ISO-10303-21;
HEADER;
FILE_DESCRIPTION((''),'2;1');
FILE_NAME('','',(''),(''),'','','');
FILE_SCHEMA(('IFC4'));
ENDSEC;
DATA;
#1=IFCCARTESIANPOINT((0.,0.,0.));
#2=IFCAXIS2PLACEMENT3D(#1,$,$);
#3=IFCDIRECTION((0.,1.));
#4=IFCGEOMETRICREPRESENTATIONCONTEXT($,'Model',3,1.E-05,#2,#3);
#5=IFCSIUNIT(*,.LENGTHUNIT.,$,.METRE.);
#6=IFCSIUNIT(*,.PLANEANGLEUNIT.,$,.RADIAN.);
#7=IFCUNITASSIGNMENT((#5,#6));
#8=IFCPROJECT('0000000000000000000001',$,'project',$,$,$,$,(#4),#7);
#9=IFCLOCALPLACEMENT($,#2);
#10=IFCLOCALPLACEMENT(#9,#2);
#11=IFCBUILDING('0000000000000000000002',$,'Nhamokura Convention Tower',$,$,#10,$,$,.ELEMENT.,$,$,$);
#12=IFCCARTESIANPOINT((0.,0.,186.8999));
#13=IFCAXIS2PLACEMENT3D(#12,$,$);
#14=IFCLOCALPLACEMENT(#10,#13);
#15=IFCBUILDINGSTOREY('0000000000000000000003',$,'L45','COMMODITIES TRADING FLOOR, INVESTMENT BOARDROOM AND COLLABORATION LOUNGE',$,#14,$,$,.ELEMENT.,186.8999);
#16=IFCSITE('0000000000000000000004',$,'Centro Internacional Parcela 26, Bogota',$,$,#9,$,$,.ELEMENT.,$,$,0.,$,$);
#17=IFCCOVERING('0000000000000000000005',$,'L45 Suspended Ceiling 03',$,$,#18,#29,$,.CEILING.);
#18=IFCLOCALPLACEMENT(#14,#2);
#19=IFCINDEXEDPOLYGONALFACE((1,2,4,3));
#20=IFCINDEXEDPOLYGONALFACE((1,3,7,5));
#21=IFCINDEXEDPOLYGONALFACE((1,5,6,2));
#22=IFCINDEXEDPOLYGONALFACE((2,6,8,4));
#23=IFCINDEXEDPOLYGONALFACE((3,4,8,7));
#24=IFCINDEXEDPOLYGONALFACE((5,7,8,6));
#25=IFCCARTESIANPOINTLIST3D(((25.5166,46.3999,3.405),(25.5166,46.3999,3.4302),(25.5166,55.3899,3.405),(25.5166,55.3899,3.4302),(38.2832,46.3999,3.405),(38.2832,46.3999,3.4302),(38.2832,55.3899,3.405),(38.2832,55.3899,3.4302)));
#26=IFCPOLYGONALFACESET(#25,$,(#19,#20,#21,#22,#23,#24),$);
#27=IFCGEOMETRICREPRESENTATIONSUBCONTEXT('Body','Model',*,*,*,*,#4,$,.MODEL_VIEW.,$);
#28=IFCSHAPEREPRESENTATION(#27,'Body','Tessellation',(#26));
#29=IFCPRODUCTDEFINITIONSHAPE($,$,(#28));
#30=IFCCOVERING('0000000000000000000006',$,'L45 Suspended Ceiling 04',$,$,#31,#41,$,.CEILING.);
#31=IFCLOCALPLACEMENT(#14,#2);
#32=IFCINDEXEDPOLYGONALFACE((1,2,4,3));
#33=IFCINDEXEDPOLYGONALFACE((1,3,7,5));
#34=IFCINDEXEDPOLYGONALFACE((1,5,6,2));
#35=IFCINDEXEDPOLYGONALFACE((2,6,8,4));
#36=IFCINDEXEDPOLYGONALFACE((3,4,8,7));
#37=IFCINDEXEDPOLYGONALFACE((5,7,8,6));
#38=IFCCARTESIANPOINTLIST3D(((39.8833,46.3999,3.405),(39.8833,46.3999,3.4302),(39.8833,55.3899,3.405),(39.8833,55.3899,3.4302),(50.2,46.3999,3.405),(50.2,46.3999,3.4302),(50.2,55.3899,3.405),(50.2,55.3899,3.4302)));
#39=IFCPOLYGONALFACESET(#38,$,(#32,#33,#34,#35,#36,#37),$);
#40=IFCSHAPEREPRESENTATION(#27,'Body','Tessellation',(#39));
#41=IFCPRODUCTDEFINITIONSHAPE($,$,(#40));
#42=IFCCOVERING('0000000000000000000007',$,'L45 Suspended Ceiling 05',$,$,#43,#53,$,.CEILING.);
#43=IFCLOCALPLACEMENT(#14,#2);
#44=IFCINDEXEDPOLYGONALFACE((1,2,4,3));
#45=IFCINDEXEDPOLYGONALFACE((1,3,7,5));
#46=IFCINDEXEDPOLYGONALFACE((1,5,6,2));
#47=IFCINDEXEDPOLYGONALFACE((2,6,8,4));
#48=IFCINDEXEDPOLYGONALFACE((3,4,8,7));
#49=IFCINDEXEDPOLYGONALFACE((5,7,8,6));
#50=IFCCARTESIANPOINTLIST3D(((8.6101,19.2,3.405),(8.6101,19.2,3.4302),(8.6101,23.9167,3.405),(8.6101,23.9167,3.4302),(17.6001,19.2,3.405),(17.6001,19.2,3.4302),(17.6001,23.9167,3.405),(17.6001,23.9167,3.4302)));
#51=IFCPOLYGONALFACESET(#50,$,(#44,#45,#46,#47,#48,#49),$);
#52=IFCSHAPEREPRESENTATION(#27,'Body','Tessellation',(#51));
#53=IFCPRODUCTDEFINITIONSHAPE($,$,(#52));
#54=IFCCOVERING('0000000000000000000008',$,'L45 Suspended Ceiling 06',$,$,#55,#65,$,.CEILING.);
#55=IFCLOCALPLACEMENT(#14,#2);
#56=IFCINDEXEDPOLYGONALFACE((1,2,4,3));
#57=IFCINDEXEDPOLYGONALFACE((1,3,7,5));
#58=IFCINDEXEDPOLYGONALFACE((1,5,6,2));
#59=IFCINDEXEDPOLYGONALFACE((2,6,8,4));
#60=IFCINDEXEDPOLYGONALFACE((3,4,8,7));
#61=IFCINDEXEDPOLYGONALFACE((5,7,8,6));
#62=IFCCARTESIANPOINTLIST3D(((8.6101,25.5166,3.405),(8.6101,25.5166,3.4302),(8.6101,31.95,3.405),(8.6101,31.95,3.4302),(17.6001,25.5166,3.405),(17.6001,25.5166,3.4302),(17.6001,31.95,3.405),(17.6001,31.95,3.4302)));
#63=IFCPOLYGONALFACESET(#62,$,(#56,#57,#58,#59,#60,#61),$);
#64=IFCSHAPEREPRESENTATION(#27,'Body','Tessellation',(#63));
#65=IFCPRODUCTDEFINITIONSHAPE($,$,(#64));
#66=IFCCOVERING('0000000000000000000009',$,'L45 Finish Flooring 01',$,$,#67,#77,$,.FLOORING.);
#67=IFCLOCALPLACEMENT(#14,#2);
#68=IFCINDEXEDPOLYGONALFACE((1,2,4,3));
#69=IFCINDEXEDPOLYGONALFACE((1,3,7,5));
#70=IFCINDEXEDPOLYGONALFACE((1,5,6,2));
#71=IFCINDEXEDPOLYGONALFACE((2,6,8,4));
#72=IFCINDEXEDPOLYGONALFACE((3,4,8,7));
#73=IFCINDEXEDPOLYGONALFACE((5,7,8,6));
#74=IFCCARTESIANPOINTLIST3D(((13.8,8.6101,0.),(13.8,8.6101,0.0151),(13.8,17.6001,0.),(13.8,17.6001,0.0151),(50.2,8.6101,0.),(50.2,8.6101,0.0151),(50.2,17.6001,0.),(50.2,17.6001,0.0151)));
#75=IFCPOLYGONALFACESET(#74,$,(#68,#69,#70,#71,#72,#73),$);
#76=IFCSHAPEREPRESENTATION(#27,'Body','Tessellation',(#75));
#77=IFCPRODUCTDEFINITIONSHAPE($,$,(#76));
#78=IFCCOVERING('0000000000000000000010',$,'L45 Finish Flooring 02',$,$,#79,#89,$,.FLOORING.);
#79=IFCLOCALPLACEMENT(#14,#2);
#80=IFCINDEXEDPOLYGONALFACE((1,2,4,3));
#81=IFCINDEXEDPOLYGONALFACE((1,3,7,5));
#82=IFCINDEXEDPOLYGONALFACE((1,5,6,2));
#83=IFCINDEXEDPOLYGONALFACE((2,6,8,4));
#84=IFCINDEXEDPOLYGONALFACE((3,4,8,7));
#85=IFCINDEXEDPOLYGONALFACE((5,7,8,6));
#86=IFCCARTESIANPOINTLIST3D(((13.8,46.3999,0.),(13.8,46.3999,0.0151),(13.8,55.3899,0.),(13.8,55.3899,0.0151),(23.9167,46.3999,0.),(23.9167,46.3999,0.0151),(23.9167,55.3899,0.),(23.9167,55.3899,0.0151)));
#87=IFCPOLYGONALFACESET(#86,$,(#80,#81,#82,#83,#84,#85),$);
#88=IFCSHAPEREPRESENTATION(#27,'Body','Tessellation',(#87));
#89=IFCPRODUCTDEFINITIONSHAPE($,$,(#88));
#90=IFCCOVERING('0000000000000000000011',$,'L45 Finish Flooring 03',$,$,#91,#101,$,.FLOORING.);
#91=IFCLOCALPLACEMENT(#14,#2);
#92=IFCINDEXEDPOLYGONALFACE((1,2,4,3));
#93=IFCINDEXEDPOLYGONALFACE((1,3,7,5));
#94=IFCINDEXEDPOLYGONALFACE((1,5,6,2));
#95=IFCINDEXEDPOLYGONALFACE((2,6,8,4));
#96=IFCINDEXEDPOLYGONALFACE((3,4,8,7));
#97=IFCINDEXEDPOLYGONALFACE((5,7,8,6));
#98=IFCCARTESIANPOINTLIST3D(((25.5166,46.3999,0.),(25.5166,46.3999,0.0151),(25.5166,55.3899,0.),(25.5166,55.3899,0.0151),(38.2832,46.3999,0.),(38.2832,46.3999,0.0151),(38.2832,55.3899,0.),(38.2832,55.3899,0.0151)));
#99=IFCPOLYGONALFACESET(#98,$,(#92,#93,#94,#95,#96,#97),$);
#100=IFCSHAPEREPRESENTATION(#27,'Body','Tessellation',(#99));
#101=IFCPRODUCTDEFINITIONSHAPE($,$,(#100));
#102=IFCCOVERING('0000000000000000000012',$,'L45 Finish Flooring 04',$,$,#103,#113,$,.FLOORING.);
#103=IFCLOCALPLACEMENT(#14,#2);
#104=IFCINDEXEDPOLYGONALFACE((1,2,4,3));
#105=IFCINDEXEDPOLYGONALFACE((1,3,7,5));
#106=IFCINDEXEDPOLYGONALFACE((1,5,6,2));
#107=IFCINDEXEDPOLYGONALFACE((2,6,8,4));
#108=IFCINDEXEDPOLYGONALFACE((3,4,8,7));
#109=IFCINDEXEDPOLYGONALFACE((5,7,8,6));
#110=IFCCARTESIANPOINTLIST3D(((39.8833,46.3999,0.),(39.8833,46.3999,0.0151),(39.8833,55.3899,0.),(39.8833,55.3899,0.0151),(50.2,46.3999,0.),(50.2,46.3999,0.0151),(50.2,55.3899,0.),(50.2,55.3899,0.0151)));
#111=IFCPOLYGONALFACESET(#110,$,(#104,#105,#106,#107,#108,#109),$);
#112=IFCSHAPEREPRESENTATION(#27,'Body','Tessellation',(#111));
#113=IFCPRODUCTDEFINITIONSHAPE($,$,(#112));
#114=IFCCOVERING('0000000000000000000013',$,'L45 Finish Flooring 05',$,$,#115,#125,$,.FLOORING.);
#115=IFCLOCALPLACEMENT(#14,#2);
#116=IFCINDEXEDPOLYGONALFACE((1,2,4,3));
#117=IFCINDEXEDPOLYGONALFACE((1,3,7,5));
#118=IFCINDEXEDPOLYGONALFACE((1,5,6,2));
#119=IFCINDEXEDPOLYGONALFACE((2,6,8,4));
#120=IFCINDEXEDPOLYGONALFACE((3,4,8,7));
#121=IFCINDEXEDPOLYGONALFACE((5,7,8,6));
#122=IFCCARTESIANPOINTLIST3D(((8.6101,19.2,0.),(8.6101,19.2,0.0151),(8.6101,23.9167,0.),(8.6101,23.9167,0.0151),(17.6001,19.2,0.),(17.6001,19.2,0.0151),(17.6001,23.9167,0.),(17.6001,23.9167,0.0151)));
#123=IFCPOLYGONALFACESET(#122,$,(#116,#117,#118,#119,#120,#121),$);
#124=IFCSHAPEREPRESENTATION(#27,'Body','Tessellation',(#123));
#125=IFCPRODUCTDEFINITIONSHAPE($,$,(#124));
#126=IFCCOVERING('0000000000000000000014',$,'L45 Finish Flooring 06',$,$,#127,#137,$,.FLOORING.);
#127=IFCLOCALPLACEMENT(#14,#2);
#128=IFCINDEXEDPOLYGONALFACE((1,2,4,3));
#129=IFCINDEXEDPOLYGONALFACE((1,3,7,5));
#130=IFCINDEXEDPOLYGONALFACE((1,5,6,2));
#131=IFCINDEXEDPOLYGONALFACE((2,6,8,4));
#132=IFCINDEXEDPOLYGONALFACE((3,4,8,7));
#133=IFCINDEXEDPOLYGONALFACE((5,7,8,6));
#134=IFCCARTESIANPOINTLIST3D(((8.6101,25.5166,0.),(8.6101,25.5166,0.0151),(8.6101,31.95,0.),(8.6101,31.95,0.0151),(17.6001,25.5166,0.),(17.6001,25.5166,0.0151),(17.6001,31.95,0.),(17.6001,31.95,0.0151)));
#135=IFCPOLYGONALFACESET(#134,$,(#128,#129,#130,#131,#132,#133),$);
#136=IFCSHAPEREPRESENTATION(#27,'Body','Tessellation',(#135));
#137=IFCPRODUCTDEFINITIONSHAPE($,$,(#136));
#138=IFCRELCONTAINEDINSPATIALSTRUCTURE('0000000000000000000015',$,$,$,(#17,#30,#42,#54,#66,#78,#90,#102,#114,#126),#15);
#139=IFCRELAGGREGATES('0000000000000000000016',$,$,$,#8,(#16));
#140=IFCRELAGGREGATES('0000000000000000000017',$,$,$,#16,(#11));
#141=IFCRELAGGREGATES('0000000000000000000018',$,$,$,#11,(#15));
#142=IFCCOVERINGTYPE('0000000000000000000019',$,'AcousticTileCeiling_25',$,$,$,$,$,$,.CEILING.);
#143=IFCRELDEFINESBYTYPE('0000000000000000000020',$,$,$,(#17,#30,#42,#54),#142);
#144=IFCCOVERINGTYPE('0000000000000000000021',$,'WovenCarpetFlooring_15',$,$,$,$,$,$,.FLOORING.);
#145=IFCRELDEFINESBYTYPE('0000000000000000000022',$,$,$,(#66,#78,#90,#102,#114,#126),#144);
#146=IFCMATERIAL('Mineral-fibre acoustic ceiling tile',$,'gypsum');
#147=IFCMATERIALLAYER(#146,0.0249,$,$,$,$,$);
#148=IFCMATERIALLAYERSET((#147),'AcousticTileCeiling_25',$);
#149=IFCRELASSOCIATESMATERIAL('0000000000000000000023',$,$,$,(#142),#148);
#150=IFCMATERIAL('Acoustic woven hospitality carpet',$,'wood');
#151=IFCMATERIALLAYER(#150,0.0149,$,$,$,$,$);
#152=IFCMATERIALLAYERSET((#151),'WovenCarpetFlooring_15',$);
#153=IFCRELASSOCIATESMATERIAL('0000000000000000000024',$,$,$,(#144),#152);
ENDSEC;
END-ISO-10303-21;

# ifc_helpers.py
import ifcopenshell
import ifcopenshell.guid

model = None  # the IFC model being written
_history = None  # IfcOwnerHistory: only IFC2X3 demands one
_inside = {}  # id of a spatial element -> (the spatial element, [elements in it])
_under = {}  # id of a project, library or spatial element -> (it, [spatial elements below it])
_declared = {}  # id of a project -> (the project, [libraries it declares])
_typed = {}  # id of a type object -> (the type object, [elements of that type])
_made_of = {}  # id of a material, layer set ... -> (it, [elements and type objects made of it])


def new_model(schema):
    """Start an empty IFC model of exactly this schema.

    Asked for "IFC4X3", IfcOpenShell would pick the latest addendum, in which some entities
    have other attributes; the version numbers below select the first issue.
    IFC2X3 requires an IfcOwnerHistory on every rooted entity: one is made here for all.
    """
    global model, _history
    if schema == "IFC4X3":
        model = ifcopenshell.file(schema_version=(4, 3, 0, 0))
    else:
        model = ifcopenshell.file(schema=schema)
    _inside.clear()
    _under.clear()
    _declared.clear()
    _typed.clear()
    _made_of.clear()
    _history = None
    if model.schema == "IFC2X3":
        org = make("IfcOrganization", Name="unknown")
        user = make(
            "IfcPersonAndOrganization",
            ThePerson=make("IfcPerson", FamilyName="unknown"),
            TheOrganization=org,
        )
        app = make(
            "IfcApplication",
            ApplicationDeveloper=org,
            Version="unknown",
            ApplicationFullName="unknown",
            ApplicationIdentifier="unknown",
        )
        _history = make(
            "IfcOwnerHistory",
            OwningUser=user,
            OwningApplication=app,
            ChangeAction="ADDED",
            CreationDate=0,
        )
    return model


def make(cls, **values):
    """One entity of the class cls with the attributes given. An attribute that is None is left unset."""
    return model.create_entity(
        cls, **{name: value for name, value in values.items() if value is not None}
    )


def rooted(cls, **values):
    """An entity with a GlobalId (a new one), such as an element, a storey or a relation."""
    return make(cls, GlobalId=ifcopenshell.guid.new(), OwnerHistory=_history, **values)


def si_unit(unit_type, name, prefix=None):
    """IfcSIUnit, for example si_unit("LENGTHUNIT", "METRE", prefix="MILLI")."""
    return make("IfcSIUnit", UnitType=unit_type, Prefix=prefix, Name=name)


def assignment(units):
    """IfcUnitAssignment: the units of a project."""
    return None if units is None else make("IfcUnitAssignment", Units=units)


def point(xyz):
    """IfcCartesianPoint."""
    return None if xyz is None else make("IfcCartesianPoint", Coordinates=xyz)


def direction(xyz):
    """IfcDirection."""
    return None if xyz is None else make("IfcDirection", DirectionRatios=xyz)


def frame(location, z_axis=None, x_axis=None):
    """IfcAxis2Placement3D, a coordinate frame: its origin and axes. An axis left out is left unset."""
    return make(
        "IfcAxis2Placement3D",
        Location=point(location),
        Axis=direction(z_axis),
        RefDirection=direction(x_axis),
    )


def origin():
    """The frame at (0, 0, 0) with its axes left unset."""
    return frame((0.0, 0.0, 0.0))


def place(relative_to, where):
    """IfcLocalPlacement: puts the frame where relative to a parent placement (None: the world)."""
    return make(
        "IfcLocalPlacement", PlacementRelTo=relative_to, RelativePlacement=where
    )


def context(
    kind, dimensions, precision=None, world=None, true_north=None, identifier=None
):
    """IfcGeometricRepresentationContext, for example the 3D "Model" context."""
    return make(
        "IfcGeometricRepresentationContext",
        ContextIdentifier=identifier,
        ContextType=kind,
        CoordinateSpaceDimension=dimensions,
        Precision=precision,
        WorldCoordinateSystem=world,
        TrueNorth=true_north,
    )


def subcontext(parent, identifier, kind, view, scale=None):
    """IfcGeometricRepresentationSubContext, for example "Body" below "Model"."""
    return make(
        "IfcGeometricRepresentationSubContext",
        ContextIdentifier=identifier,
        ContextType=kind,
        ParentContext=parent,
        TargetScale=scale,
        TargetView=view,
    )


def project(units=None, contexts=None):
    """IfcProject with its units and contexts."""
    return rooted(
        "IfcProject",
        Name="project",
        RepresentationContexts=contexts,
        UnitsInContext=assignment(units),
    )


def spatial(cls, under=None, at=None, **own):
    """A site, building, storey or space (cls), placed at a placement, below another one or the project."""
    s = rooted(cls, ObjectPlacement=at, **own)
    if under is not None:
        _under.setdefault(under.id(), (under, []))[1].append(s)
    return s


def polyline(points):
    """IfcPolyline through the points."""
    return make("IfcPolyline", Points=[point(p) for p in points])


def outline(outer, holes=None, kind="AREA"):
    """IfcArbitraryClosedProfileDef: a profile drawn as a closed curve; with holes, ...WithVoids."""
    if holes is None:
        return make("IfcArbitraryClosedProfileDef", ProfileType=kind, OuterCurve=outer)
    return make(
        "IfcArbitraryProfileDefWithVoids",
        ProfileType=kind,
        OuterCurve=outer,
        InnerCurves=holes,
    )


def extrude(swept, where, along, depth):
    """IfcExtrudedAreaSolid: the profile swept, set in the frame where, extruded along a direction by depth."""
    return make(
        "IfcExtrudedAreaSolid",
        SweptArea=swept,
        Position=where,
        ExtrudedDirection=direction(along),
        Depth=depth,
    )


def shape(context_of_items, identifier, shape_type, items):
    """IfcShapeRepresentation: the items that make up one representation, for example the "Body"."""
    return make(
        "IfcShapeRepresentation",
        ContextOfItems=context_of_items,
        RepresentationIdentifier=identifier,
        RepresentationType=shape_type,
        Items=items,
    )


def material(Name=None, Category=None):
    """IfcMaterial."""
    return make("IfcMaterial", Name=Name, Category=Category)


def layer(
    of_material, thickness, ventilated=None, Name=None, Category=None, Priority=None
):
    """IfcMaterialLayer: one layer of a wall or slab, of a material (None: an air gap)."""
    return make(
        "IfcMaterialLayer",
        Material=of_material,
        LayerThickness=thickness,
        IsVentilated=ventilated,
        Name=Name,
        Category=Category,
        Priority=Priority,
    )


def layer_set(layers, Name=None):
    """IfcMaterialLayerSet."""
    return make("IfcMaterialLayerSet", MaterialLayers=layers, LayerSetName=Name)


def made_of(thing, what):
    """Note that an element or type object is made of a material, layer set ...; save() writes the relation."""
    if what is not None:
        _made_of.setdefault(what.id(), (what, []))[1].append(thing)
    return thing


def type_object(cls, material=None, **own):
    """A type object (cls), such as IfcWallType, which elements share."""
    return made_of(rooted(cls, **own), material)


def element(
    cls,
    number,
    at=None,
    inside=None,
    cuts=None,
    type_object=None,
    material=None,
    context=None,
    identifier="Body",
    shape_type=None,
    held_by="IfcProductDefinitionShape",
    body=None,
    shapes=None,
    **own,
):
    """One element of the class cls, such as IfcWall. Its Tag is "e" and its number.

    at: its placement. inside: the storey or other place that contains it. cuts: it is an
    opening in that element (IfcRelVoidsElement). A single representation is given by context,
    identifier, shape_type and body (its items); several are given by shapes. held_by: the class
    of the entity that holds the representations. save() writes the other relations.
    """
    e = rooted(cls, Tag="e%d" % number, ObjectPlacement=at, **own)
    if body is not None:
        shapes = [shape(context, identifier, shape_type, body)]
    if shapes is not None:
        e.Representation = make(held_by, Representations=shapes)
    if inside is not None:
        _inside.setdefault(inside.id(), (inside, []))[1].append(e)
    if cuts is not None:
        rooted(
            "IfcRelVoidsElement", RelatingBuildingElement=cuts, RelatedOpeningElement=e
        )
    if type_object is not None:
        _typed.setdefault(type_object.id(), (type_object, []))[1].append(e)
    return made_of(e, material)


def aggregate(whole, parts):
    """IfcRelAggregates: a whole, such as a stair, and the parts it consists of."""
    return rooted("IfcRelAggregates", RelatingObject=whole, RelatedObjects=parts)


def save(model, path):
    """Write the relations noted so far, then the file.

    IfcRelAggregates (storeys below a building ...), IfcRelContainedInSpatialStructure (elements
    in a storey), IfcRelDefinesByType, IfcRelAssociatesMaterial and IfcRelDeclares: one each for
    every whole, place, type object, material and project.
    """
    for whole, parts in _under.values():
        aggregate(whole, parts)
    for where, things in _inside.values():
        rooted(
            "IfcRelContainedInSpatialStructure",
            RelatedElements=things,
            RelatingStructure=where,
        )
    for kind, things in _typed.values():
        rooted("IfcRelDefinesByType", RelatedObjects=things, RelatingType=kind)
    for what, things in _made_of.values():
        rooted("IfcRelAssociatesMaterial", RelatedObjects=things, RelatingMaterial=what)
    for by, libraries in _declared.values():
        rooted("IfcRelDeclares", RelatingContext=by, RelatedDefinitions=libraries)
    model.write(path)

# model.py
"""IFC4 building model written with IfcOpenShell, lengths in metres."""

from ifc_helpers import new_model, si_unit, direction, frame, origin, place, context, subcontext, project, spatial, polyline, outline, extrude, material, layer, layer_set, type_object, element, save


model = new_model("IFC4")

# Units and contexts
model_context = context("Model", 3, precision=1e-05, world=origin(), true_north=direction((0.0, 1.0)))
body_context = subcontext(model_context, "Body", "Model", "MODEL_VIEW")
ifc_project = project(units=[si_unit("LENGTHUNIT", "METRE"), si_unit("PLANEANGLEUNIT", "RADIAN")], contexts=[model_context])

# Site, building, storey
site_placement = place(None, origin())
site = spatial("IfcSite", under=ifc_project, at=site_placement, Name="Centro Internacional Parcela 26, Bogota", CompositionType="ELEMENT", RefElevation=0.0)
building_placement = place(site_placement, origin())
building = spatial("IfcBuilding", under=site, at=building_placement, Name="Nhamokura Convention Tower", CompositionType="ELEMENT")
storey_placement = place(building_placement, frame((0.0, 0.0, 186.8999)))
storey = spatial("IfcBuildingStorey", under=building, at=storey_placement, Name="L45", Description="COMMODITIES TRADING FLOOR, INVESTMENT BOARDROOM AND COLLABORATION LOUNGE", CompositionType="ELEMENT", Elevation=186.8999)

# Coverings
ifc_material_1 = material(Name="Mineral-fibre acoustic ceiling tile", Category="gypsum")
ifc_layer_1 = layer(ifc_material_1, 0.0249)
ifc_layer_set_1 = layer_set([ifc_layer_1], Name="AcousticTileCeiling_25")
covering_type_1 = type_object("IfcCoveringType", Name="AcousticTileCeiling_25", PredefinedType="CEILING", material=ifc_layer_set_1)
covering_1_placement = place(storey_placement, frame((0.0, 0.0, 3.405)))
element("IfcCovering", 1, at=covering_1_placement, inside=storey, type_object=covering_type_1, Name="L45 Suspended Ceiling 03", PredefinedType="CEILING", context=body_context, shape_type="SweptSolid", body=[
    extrude(outline(polyline([(25.5166, 46.3999), (38.2832, 46.3999), (38.2832, 55.3899), (25.5166, 55.3899), (25.5166, 46.3999)])), origin(), (0.0, 0.0, 1.0), 0.0251),
])
covering_2_placement = place(storey_placement, frame((0.0, 0.0, 3.405)))
element("IfcCovering", 2, at=covering_2_placement, inside=storey, type_object=covering_type_1, Name="L45 Suspended Ceiling 04", PredefinedType="CEILING", context=body_context, shape_type="SweptSolid", body=[
    extrude(outline(polyline([(39.8833, 46.3999), (50.2, 46.3999), (50.2, 55.3899), (39.8833, 55.3899), (39.8833, 46.3999)])), origin(), (0.0, 0.0, 1.0), 0.0251),
])
covering_3_placement = place(storey_placement, frame((0.0, 0.0, 3.405)))
element("IfcCovering", 3, at=covering_3_placement, inside=storey, type_object=covering_type_1, Name="L45 Suspended Ceiling 05", PredefinedType="CEILING", context=body_context, shape_type="SweptSolid", body=[
    extrude(outline(polyline([(8.6101, 19.2), (17.6001, 19.2), (17.6001, 23.9167), (8.6101, 23.9167), (8.6101, 19.2)])), origin(), (0.0, 0.0, 1.0), 0.0251),
])
covering_4_placement = place(storey_placement, frame((0.0, 0.0, 3.405)))
element("IfcCovering", 4, at=covering_4_placement, inside=storey, type_object=covering_type_1, Name="L45 Suspended Ceiling 06", PredefinedType="CEILING", context=body_context, shape_type="SweptSolid", body=[
    extrude(outline(polyline([(8.6101, 25.5166), (17.6001, 25.5166), (17.6001, 31.95), (8.6101, 31.95), (8.6101, 25.5166)])), origin(), (0.0, 0.0, 1.0), 0.0251),
])
ifc_material_2 = material(Name="Acoustic woven hospitality carpet", Category="wood")
ifc_layer_2 = layer(ifc_material_2, 0.0149)
ifc_layer_set_2 = layer_set([ifc_layer_2], Name="WovenCarpetFlooring_15")
covering_type_2 = type_object("IfcCoveringType", Name="WovenCarpetFlooring_15", PredefinedType="FLOORING", material=ifc_layer_set_2)
covering_5_placement = place(storey_placement, origin())
element("IfcCovering", 5, at=covering_5_placement, inside=storey, type_object=covering_type_2, Name="L45 Finish Flooring 01", PredefinedType="FLOORING", context=body_context, shape_type="SweptSolid", body=[
    extrude(outline(polyline([(13.8, 8.6101), (50.2, 8.6101), (50.2, 17.6001), (13.8, 17.6001), (13.8, 8.6101)])), origin(), (0.0, 0.0, 1.0), 0.0151),
])
covering_6_placement = place(storey_placement, origin())
element("IfcCovering", 6, at=covering_6_placement, inside=storey, type_object=covering_type_2, Name="L45 Finish Flooring 02", PredefinedType="FLOORING", context=body_context, shape_type="SweptSolid", body=[
    extrude(outline(polyline([(13.8, 46.3999), (23.9167, 46.3999), (23.9167, 55.3899), (13.8, 55.3899), (13.8, 46.3999)])), origin(), (0.0, 0.0, 1.0), 0.0151),
])
covering_7_placement = place(storey_placement, origin())
element("IfcCovering", 7, at=covering_7_placement, inside=storey, type_object=covering_type_2, Name="L45 Finish Flooring 03", PredefinedType="FLOORING", context=body_context, shape_type="SweptSolid", body=[
    extrude(outline(polyline([(25.5166, 46.3999), (38.2832, 46.3999), (38.2832, 55.3899), (25.5166, 55.3899), (25.5166, 46.3999)])), origin(), (0.0, 0.0, 1.0), 0.0151),
])
covering_8_placement = place(storey_placement, origin())
element("IfcCovering", 8, at=covering_8_placement, inside=storey, type_object=covering_type_2, Name="L45 Finish Flooring 04", PredefinedType="FLOORING", context=body_context, shape_type="SweptSolid", body=[
    extrude(outline(polyline([(39.8833, 46.3999), (50.2, 46.3999), (50.2, 55.3899), (39.8833, 55.3899), (39.8833, 46.3999)])), origin(), (0.0, 0.0, 1.0), 0.0151),
])
covering_9_placement = place(storey_placement, origin())
element("IfcCovering", 9, at=covering_9_placement, inside=storey, type_object=covering_type_2, Name="L45 Finish Flooring 05", PredefinedType="FLOORING", context=body_context, shape_type="SweptSolid", body=[
    extrude(outline(polyline([(8.6101, 19.2), (17.6001, 19.2), (17.6001, 23.9167), (8.6101, 23.9167), (8.6101, 19.2)])), origin(), (0.0, 0.0, 1.0), 0.0151),
])
covering_10_placement = place(storey_placement, origin())
element("IfcCovering", 10, at=covering_10_placement, inside=storey, type_object=covering_type_2, Name="L45 Finish Flooring 06", PredefinedType="FLOORING", context=body_context, shape_type="SweptSolid", body=[
    extrude(outline(polyline([(8.6101, 25.5166), (17.6001, 25.5166), (17.6001, 31.95), (8.6101, 31.95), (8.6101, 25.5166)])), origin(), (0.0, 0.0, 1.0), 0.0151),
])

save(model, "model.ifc")
